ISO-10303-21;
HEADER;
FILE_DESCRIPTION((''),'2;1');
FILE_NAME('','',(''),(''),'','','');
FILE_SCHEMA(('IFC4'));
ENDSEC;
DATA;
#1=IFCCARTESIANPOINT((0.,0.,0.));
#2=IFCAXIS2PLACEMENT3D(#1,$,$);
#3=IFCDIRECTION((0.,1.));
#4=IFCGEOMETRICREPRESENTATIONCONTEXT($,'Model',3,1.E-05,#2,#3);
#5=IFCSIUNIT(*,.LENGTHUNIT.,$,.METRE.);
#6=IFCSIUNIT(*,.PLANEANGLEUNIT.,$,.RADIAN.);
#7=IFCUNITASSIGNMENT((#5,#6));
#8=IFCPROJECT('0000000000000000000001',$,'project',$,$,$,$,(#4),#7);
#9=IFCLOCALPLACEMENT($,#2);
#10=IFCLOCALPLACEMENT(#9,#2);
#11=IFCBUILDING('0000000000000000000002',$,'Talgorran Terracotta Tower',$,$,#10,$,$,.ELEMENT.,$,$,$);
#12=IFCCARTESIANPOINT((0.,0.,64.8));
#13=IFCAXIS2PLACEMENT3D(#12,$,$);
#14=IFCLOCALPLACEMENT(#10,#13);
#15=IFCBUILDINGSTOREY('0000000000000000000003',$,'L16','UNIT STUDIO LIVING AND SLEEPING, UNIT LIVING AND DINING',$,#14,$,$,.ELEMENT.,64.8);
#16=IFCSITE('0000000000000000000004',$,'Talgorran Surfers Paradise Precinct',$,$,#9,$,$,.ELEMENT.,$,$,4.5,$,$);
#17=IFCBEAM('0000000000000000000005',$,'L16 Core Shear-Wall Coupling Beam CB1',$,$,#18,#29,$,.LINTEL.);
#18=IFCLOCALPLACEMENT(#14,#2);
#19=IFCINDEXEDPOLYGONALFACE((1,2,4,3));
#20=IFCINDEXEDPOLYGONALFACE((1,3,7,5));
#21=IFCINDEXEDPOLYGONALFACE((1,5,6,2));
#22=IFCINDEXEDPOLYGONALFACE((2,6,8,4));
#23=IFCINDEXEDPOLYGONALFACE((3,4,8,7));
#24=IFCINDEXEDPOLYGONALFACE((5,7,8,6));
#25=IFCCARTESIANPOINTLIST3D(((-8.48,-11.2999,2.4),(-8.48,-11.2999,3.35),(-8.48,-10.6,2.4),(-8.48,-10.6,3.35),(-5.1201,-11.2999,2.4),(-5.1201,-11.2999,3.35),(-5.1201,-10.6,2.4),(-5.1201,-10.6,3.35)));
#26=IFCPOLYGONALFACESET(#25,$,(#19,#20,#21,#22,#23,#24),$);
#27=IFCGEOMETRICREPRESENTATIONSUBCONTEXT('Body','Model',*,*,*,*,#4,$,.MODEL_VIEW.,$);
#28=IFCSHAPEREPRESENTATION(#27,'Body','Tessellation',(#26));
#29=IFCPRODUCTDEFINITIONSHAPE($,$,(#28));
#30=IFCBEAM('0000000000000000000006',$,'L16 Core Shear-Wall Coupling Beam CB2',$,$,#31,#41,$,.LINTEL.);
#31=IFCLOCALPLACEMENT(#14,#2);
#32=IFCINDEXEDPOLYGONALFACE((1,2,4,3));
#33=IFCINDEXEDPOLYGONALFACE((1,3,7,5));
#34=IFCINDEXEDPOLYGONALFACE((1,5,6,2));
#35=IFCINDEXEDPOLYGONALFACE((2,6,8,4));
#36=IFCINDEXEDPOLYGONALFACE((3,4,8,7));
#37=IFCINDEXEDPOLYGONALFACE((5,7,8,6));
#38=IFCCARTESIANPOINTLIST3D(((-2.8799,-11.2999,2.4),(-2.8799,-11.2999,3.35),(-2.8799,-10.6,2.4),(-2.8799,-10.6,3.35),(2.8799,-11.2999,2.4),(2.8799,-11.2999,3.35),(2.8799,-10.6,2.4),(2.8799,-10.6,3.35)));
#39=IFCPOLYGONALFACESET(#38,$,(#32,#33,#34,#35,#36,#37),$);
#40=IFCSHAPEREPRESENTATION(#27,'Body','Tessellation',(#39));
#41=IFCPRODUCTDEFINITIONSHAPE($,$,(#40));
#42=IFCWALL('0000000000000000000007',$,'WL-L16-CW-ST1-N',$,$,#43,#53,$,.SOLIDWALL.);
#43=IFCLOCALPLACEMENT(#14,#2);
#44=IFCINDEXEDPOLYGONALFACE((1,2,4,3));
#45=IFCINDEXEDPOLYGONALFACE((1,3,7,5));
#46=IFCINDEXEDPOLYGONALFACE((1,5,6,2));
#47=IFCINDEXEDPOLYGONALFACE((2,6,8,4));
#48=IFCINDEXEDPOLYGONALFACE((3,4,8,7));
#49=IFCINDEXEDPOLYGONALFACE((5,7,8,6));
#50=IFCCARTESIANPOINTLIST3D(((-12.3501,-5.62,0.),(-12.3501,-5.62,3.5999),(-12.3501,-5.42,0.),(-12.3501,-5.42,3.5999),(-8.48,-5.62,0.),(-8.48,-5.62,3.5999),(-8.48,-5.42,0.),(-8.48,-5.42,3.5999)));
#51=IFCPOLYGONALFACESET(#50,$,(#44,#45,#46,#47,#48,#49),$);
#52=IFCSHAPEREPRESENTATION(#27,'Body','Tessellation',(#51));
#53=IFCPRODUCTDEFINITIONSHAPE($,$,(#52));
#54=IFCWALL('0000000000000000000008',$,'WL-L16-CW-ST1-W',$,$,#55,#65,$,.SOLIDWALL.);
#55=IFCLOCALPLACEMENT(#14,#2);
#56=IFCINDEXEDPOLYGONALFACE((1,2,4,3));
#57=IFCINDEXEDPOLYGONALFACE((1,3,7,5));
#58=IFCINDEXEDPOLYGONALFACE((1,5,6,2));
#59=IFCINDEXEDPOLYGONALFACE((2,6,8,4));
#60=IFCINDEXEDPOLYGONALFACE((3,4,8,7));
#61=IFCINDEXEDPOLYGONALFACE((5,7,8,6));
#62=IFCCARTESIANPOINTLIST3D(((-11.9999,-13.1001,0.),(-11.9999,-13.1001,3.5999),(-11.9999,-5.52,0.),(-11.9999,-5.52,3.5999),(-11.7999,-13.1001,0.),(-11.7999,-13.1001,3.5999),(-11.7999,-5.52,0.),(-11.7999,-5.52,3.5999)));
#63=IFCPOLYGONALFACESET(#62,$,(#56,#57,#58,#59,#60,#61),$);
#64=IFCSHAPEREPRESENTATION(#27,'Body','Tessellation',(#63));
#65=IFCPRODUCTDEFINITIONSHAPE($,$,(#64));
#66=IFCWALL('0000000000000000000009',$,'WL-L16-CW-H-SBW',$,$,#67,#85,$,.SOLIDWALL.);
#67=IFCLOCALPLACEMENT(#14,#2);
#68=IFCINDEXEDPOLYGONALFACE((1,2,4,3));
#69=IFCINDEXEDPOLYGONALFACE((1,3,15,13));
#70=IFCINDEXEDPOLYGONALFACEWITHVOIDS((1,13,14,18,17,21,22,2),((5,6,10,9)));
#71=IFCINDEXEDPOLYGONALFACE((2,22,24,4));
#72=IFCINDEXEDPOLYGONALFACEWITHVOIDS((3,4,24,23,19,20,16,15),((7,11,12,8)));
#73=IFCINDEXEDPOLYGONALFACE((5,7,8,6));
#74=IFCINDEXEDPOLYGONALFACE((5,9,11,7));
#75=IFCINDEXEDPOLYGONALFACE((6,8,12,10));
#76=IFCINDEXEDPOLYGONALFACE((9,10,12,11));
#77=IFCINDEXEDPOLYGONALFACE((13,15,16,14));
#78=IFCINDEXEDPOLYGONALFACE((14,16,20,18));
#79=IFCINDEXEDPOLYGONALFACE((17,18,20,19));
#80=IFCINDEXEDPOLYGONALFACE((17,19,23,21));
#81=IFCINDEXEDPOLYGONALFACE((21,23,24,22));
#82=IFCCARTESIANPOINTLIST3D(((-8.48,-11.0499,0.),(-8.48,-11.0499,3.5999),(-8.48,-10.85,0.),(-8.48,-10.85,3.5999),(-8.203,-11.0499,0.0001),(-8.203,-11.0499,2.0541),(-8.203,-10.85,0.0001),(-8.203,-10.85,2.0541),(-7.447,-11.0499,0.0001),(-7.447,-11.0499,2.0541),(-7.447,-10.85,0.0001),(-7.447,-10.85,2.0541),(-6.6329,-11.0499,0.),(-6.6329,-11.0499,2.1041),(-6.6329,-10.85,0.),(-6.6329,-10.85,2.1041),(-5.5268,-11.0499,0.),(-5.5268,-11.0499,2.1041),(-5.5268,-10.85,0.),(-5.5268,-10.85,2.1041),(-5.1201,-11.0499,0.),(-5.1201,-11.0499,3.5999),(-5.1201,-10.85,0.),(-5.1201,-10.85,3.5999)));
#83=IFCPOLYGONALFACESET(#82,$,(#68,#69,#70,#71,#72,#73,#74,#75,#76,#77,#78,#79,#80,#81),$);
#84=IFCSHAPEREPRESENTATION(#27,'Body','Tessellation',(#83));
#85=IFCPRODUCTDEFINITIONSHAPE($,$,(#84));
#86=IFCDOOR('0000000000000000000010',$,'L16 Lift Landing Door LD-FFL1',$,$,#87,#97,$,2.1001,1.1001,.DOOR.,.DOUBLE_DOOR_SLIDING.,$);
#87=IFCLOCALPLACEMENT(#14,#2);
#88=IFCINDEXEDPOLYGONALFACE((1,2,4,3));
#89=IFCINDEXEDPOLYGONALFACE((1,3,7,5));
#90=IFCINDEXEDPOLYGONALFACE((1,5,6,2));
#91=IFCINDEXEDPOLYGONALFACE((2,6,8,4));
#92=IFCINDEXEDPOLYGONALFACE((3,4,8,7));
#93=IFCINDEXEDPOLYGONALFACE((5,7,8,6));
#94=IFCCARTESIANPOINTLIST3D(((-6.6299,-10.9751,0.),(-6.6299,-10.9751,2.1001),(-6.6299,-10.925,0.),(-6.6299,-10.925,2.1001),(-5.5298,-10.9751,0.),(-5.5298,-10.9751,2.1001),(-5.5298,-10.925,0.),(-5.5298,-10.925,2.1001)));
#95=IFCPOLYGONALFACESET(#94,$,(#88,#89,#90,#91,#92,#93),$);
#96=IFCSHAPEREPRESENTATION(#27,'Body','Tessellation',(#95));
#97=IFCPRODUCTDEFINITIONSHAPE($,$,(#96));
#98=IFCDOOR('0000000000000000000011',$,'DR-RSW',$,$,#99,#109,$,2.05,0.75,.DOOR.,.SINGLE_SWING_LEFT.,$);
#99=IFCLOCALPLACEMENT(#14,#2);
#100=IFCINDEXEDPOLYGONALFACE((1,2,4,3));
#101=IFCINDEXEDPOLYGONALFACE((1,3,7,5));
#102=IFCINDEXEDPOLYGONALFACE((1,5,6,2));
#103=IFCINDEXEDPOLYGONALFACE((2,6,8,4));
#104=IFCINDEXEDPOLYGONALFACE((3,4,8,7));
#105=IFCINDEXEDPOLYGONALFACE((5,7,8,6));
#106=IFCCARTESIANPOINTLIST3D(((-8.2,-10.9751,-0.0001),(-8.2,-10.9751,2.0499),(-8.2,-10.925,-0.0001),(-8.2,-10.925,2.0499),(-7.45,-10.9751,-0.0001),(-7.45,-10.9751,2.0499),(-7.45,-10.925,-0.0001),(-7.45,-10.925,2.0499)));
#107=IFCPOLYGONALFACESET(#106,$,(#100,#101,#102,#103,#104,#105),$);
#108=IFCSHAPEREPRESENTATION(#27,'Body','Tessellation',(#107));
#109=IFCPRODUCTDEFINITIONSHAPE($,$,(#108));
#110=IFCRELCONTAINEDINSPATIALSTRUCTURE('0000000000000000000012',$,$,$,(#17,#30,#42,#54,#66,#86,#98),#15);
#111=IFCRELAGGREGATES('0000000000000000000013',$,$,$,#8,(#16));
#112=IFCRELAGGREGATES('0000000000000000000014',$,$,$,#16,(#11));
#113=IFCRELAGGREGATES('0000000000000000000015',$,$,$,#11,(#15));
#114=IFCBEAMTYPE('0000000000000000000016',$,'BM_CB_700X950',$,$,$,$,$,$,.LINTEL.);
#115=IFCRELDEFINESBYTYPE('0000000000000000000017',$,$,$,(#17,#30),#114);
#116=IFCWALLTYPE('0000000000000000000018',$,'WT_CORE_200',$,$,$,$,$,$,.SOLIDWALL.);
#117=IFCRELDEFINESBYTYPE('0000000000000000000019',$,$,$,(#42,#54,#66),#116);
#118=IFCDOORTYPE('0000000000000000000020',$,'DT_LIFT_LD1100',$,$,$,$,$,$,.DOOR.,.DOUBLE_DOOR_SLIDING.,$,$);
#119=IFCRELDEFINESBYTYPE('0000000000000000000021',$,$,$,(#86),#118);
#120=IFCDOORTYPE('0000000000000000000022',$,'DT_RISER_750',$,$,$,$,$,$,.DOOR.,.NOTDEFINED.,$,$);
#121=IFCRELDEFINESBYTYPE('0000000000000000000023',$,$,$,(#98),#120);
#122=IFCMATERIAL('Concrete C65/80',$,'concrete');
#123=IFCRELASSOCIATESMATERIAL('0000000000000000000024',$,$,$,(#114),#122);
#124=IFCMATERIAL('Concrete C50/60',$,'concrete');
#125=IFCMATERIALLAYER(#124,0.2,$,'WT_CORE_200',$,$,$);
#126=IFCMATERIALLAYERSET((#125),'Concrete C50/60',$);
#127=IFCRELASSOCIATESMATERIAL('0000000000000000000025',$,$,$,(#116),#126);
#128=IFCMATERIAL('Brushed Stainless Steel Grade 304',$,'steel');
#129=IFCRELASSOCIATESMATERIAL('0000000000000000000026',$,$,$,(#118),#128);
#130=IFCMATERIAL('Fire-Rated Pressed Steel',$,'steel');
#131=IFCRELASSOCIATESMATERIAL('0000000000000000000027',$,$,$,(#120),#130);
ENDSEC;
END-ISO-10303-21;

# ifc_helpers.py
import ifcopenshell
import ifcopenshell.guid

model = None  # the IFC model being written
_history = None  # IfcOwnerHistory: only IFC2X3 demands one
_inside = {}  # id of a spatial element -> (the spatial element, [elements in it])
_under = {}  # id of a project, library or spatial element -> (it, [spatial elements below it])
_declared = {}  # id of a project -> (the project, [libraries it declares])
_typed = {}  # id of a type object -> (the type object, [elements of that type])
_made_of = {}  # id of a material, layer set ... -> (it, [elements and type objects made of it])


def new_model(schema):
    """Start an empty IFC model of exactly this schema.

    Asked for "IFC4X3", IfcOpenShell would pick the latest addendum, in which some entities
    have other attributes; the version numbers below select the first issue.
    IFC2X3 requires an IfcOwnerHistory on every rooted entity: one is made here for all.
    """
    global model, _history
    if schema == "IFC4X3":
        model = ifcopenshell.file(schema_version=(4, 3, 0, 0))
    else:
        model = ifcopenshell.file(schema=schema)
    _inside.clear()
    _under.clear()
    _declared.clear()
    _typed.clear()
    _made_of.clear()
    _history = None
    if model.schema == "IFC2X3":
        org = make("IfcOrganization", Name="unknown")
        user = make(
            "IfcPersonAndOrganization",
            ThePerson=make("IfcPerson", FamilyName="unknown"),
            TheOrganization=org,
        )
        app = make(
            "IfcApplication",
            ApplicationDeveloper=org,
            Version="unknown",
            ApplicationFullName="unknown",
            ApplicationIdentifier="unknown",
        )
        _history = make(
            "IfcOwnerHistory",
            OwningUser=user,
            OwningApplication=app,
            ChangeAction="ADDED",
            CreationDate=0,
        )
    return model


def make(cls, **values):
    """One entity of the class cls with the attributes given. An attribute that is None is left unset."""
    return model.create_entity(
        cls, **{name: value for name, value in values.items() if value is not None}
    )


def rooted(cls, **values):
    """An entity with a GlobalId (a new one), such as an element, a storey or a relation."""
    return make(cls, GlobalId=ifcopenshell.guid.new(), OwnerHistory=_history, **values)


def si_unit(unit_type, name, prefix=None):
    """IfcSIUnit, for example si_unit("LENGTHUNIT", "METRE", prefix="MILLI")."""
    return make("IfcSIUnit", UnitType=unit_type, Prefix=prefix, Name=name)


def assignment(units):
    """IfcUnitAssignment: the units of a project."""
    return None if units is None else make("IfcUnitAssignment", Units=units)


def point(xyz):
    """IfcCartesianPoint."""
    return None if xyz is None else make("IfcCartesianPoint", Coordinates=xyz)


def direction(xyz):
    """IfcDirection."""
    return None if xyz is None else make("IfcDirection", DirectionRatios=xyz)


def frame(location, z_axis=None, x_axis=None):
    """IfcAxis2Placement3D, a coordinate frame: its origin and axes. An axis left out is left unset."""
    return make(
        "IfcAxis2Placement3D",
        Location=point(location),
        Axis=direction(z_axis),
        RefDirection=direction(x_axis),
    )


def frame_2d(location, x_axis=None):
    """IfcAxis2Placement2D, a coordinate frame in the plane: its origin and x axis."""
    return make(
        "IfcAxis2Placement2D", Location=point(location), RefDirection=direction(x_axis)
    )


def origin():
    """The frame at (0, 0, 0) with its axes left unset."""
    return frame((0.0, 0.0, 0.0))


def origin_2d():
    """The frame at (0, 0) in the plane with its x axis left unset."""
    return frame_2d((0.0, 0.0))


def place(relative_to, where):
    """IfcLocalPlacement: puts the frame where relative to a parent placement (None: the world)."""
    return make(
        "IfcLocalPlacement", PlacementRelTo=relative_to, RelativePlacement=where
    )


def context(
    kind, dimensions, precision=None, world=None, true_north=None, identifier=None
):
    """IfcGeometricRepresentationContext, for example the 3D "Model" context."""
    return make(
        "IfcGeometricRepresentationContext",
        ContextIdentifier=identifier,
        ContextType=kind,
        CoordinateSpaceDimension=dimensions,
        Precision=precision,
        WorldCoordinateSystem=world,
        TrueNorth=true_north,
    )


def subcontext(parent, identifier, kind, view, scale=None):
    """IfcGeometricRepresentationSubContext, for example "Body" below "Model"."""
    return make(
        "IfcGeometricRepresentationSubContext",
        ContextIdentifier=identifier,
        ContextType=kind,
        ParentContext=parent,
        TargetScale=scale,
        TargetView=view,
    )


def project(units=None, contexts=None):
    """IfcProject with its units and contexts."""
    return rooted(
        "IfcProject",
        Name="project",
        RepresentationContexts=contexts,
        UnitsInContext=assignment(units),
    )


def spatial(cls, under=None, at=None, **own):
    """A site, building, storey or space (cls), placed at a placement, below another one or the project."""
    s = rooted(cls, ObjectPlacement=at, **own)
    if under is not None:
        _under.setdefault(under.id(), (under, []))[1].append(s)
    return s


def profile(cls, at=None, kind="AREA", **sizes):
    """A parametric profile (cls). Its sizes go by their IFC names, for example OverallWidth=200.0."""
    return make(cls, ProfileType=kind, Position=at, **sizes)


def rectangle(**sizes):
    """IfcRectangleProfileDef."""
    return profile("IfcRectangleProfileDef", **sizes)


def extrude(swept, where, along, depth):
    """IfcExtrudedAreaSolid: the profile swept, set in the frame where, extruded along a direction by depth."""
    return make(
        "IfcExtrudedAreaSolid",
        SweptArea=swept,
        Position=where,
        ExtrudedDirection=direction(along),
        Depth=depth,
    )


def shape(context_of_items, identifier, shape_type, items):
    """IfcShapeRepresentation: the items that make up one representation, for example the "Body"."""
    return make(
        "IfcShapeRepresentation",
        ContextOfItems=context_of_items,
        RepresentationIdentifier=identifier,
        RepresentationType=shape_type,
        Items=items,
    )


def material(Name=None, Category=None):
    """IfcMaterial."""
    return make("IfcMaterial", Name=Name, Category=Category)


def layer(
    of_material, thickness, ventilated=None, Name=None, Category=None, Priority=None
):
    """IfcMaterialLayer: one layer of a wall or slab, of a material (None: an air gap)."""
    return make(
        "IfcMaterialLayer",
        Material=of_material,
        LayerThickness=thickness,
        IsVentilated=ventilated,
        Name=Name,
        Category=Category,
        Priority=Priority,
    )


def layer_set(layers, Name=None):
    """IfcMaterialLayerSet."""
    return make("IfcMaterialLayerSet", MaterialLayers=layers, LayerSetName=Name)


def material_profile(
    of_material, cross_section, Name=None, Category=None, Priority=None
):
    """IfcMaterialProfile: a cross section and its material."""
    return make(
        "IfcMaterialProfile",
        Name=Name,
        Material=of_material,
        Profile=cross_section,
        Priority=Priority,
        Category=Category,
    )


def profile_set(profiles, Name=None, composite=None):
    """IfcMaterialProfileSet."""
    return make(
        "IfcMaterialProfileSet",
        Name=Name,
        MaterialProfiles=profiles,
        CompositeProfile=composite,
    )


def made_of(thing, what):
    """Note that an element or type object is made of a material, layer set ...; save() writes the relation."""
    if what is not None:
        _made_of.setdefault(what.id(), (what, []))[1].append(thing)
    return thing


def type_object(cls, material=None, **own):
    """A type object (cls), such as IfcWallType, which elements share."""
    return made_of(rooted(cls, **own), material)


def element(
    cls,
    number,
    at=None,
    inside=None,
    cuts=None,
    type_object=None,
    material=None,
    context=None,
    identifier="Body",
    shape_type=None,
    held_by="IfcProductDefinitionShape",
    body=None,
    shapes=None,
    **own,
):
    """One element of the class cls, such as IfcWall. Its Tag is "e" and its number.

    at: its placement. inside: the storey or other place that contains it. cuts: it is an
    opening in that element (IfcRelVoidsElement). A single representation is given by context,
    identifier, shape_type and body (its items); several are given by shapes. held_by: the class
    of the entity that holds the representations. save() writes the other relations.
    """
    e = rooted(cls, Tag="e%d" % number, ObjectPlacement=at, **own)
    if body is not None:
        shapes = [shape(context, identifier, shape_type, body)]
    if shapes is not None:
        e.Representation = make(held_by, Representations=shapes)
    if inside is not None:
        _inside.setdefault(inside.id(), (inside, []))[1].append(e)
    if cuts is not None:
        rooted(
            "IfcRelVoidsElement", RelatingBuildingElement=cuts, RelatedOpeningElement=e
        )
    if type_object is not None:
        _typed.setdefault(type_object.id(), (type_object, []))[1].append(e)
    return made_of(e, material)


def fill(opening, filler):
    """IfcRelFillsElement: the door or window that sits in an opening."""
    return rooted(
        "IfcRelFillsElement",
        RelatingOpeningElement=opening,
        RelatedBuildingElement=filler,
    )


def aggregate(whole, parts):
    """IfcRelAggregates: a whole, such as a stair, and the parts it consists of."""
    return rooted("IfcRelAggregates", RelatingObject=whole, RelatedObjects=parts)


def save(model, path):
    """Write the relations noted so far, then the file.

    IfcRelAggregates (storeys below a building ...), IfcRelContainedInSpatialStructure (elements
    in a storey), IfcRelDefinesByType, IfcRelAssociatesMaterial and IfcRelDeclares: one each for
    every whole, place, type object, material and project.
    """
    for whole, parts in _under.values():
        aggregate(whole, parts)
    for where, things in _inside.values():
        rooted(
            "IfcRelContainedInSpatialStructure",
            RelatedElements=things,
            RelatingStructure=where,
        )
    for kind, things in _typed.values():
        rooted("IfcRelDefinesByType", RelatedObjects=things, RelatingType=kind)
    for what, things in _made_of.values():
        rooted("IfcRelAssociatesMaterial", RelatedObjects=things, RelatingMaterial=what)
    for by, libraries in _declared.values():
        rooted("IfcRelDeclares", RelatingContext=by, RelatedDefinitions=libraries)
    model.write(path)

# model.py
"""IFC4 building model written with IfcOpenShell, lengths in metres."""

from ifc_helpers import new_model, si_unit, direction, frame, frame_2d, origin, origin_2d, place, context, subcontext, project, spatial, rectangle, extrude, material, layer, layer_set, material_profile, profile_set, type_object, element, fill, save


model = new_model("IFC4")

# Units and contexts
model_context = context("Model", 3, precision=1e-05, world=origin(), true_north=direction((0.0, 1.0)))
body_context = subcontext(model_context, "Body", "Model", "MODEL_VIEW")
ifc_project = project(units=[si_unit("LENGTHUNIT", "METRE"), si_unit("PLANEANGLEUNIT", "RADIAN")], contexts=[model_context])

# Site, building, storey
site_placement = place(None, origin())
site = spatial("IfcSite", under=ifc_project, at=site_placement, Name="Talgorran Surfers Paradise Precinct", CompositionType="ELEMENT", RefElevation=4.5)
building_placement = place(site_placement, origin())
building = spatial("IfcBuilding", under=site, at=building_placement, Name="Talgorran Terracotta Tower", CompositionType="ELEMENT")
storey_placement = place(building_placement, frame((0.0, 0.0, 64.8)))
storey = spatial("IfcBuildingStorey", under=building, at=storey_placement, Name="L16", Description="UNIT STUDIO LIVING AND SLEEPING, UNIT LIVING AND DINING", CompositionType="ELEMENT", Elevation=64.8)

# Beams
ifc_material_1 = material(Name="Concrete C65/80", Category="concrete")
ifc_material_profile = material_profile(ifc_material_1, rectangle(XDim=0.7, YDim=0.95, at=origin_2d()), Name="RCCB700X950")
ifc_profile_set = profile_set([ifc_material_profile], Name="Concrete C65/80")
beam_type = type_object("IfcBeamType", Name="BM_CB_700X950", PredefinedType="LINTEL", material=ifc_profile_set)
beam_1_placement = place(storey_placement, frame((-8.48, -10.95, 2.875), z_axis=(1.0, 0.0, 0.0), x_axis=(0.0, 1.0, 0.0)))
element("IfcBeam", 1, at=beam_1_placement, inside=storey, type_object=beam_type, Name="L16 Core Shear-Wall Coupling Beam CB1", PredefinedType="LINTEL", context=body_context, shape_type="SweptSolid", body=[
    extrude(rectangle(XDim=0.7, YDim=0.95, at=origin_2d()), origin(), (0.0, 0.0, 1.0), 3.3599),
])
beam_2_placement = place(storey_placement, frame((-2.8799, -10.95, 2.875), z_axis=(1.0, 0.0, 0.0), x_axis=(0.0, 1.0, 0.0)))
element("IfcBeam", 2, at=beam_2_placement, inside=storey, type_object=beam_type, Name="L16 Core Shear-Wall Coupling Beam CB2", PredefinedType="LINTEL", context=body_context, shape_type="SweptSolid", body=[
    extrude(rectangle(XDim=0.7, YDim=0.95, at=origin_2d()), origin(), (0.0, 0.0, 1.0), 5.7598),
])

# Walls
ifc_material_2 = material(Name="Concrete C50/60", Category="concrete")
ifc_layer_1 = layer(ifc_material_2, 0.2, Name="WT_CORE_200")
ifc_layer_set_1 = layer_set([ifc_layer_1], Name="Concrete C50/60")
wall_type_1 = type_object("IfcWallType", Name="WT_CORE_200", PredefinedType="SOLIDWALL", material=ifc_layer_set_1)
wall_1_placement = place(storey_placement, frame((-12.3501, -5.52, 0.0), z_axis=(0.0, 0.0, 1.0), x_axis=(1.0, 0.0, 0.0)))
element("IfcWall", 3, at=wall_1_placement, inside=storey, type_object=wall_type_1, Name="WL-L16-CW-ST1-N", PredefinedType="SOLIDWALL", context=body_context, shape_type="SweptSolid", body=[
    extrude(rectangle(XDim=3.8701, YDim=0.2, at=frame_2d((1.9351, 0.0))), origin(), (0.0, 0.0, 1.0), 3.5999),
])
wall_2_placement = place(storey_placement, frame((-11.8999, -13.1001, 0.0), z_axis=(0.0, 0.0, 1.0), x_axis=(0.0, 1.0, 0.0)))
element("IfcWall", 4, at=wall_2_placement, inside=storey, type_object=wall_type_1, Name="WL-L16-CW-ST1-W", PredefinedType="SOLIDWALL", context=body_context, shape_type="SweptSolid", body=[
    extrude(rectangle(XDim=7.5801, YDim=0.2, at=frame_2d((3.79, 0.0))), origin(), (0.0, 0.0, 1.0), 3.5999),
])

# Wall, openings, doors
wall_3_placement = place(storey_placement, frame((-8.48, -10.95, 0.0), z_axis=(0.0, 0.0, 1.0), x_axis=(1.0, 0.0, 0.0)))
wall_3 = element("IfcWall", 5, at=wall_3_placement, inside=storey, type_object=wall_type_1, Name="WL-L16-CW-H-SBW", PredefinedType="SOLIDWALL", context=body_context, shape_type="SweptSolid", body=[
    extrude(rectangle(XDim=3.3599, YDim=0.2, at=frame_2d((1.6799, 0.0))), origin(), (0.0, 0.0, 1.0), 3.5999),
])
opening_1_placement = place(wall_3_placement, frame((0.28, 0.0, 0.0)))
opening_1 = element("IfcOpeningElement", 6, at=opening_1_placement, cuts=wall_3, PredefinedType="OPENING", context=body_context, shape_type="SweptSolid", body=[
    extrude(rectangle(XDim=0.756, YDim=2.054, at=frame_2d((0.375, 1.0271))), frame((0.0, 0.1099, 0.0), z_axis=(0.0, -1.0, 0.0), x_axis=(1.0, 0.0, 0.0)), (0.0, 0.0, 1.0), 0.22),
])
opening_2_placement = place(wall_3_placement, frame((1.8501, 0.0, 0.0)))
opening_2 = element("IfcOpeningElement", 7, at=opening_2_placement, cuts=wall_3, PredefinedType="OPENING", context=body_context, shape_type="SweptSolid", body=[
    extrude(rectangle(XDim=1.1061, YDim=2.1041, at=frame_2d((0.55, 1.052))), frame((0.0, 0.1099, 0.0), z_axis=(0.0, -1.0, 0.0), x_axis=(1.0, 0.0, 0.0)), (0.0, 0.0, 1.0), 0.22),
])
ifc_material_3 = material(Name="Brushed Stainless Steel Grade 304", Category="steel")
door_type_1 = type_object("IfcDoorType", Name="DT_LIFT_LD1100", OperationType="DOUBLE_DOOR_SLIDING", PredefinedType="DOOR", material=ifc_material_3)
door_1_placement = place(opening_2_placement, origin())
door_1 = element("IfcDoor", 8, at=door_1_placement, inside=storey, type_object=door_type_1, Name="L16 Lift Landing Door LD-FFL1", OperationType="DOUBLE_DOOR_SLIDING", OverallHeight=2.1001, OverallWidth=1.1001, PredefinedType="DOOR", context=body_context, shape_type="SweptSolid", body=[
    extrude(rectangle(XDim=1.1001, YDim=2.1001, at=frame_2d((0.55, 1.05))), frame((0.0, 0.0249, 0.0), z_axis=(0.0, -1.0, 0.0), x_axis=(1.0, 0.0, 0.0)), (0.0, 0.0, 1.0), 0.05),
])
fill(opening_2, door_1)
ifc_material_4 = material(Name="Fire-Rated Pressed Steel", Category="steel")
door_type_2 = type_object("IfcDoorType", Name="DT_RISER_750", OperationType="NOTDEFINED", PredefinedType="DOOR", material=ifc_material_4)
door_2_placement = place(opening_1_placement, origin())
door_2 = element("IfcDoor", 9, at=door_2_placement, inside=storey, type_object=door_type_2, Name="DR-RSW", OperationType="SINGLE_SWING_LEFT", OverallHeight=2.05, OverallWidth=0.75, PredefinedType="DOOR", context=body_context, shape_type="SweptSolid", body=[
    extrude(rectangle(XDim=0.75, YDim=2.05, at=frame_2d((0.375, 1.0249))), frame((0.0, 0.0249, 0.0), z_axis=(0.0, -1.0, 0.0), x_axis=(1.0, 0.0, 0.0)), (0.0, 0.0, 1.0), 0.05),
])
fill(opening_1, door_2)

save(model, "model.ifc")
